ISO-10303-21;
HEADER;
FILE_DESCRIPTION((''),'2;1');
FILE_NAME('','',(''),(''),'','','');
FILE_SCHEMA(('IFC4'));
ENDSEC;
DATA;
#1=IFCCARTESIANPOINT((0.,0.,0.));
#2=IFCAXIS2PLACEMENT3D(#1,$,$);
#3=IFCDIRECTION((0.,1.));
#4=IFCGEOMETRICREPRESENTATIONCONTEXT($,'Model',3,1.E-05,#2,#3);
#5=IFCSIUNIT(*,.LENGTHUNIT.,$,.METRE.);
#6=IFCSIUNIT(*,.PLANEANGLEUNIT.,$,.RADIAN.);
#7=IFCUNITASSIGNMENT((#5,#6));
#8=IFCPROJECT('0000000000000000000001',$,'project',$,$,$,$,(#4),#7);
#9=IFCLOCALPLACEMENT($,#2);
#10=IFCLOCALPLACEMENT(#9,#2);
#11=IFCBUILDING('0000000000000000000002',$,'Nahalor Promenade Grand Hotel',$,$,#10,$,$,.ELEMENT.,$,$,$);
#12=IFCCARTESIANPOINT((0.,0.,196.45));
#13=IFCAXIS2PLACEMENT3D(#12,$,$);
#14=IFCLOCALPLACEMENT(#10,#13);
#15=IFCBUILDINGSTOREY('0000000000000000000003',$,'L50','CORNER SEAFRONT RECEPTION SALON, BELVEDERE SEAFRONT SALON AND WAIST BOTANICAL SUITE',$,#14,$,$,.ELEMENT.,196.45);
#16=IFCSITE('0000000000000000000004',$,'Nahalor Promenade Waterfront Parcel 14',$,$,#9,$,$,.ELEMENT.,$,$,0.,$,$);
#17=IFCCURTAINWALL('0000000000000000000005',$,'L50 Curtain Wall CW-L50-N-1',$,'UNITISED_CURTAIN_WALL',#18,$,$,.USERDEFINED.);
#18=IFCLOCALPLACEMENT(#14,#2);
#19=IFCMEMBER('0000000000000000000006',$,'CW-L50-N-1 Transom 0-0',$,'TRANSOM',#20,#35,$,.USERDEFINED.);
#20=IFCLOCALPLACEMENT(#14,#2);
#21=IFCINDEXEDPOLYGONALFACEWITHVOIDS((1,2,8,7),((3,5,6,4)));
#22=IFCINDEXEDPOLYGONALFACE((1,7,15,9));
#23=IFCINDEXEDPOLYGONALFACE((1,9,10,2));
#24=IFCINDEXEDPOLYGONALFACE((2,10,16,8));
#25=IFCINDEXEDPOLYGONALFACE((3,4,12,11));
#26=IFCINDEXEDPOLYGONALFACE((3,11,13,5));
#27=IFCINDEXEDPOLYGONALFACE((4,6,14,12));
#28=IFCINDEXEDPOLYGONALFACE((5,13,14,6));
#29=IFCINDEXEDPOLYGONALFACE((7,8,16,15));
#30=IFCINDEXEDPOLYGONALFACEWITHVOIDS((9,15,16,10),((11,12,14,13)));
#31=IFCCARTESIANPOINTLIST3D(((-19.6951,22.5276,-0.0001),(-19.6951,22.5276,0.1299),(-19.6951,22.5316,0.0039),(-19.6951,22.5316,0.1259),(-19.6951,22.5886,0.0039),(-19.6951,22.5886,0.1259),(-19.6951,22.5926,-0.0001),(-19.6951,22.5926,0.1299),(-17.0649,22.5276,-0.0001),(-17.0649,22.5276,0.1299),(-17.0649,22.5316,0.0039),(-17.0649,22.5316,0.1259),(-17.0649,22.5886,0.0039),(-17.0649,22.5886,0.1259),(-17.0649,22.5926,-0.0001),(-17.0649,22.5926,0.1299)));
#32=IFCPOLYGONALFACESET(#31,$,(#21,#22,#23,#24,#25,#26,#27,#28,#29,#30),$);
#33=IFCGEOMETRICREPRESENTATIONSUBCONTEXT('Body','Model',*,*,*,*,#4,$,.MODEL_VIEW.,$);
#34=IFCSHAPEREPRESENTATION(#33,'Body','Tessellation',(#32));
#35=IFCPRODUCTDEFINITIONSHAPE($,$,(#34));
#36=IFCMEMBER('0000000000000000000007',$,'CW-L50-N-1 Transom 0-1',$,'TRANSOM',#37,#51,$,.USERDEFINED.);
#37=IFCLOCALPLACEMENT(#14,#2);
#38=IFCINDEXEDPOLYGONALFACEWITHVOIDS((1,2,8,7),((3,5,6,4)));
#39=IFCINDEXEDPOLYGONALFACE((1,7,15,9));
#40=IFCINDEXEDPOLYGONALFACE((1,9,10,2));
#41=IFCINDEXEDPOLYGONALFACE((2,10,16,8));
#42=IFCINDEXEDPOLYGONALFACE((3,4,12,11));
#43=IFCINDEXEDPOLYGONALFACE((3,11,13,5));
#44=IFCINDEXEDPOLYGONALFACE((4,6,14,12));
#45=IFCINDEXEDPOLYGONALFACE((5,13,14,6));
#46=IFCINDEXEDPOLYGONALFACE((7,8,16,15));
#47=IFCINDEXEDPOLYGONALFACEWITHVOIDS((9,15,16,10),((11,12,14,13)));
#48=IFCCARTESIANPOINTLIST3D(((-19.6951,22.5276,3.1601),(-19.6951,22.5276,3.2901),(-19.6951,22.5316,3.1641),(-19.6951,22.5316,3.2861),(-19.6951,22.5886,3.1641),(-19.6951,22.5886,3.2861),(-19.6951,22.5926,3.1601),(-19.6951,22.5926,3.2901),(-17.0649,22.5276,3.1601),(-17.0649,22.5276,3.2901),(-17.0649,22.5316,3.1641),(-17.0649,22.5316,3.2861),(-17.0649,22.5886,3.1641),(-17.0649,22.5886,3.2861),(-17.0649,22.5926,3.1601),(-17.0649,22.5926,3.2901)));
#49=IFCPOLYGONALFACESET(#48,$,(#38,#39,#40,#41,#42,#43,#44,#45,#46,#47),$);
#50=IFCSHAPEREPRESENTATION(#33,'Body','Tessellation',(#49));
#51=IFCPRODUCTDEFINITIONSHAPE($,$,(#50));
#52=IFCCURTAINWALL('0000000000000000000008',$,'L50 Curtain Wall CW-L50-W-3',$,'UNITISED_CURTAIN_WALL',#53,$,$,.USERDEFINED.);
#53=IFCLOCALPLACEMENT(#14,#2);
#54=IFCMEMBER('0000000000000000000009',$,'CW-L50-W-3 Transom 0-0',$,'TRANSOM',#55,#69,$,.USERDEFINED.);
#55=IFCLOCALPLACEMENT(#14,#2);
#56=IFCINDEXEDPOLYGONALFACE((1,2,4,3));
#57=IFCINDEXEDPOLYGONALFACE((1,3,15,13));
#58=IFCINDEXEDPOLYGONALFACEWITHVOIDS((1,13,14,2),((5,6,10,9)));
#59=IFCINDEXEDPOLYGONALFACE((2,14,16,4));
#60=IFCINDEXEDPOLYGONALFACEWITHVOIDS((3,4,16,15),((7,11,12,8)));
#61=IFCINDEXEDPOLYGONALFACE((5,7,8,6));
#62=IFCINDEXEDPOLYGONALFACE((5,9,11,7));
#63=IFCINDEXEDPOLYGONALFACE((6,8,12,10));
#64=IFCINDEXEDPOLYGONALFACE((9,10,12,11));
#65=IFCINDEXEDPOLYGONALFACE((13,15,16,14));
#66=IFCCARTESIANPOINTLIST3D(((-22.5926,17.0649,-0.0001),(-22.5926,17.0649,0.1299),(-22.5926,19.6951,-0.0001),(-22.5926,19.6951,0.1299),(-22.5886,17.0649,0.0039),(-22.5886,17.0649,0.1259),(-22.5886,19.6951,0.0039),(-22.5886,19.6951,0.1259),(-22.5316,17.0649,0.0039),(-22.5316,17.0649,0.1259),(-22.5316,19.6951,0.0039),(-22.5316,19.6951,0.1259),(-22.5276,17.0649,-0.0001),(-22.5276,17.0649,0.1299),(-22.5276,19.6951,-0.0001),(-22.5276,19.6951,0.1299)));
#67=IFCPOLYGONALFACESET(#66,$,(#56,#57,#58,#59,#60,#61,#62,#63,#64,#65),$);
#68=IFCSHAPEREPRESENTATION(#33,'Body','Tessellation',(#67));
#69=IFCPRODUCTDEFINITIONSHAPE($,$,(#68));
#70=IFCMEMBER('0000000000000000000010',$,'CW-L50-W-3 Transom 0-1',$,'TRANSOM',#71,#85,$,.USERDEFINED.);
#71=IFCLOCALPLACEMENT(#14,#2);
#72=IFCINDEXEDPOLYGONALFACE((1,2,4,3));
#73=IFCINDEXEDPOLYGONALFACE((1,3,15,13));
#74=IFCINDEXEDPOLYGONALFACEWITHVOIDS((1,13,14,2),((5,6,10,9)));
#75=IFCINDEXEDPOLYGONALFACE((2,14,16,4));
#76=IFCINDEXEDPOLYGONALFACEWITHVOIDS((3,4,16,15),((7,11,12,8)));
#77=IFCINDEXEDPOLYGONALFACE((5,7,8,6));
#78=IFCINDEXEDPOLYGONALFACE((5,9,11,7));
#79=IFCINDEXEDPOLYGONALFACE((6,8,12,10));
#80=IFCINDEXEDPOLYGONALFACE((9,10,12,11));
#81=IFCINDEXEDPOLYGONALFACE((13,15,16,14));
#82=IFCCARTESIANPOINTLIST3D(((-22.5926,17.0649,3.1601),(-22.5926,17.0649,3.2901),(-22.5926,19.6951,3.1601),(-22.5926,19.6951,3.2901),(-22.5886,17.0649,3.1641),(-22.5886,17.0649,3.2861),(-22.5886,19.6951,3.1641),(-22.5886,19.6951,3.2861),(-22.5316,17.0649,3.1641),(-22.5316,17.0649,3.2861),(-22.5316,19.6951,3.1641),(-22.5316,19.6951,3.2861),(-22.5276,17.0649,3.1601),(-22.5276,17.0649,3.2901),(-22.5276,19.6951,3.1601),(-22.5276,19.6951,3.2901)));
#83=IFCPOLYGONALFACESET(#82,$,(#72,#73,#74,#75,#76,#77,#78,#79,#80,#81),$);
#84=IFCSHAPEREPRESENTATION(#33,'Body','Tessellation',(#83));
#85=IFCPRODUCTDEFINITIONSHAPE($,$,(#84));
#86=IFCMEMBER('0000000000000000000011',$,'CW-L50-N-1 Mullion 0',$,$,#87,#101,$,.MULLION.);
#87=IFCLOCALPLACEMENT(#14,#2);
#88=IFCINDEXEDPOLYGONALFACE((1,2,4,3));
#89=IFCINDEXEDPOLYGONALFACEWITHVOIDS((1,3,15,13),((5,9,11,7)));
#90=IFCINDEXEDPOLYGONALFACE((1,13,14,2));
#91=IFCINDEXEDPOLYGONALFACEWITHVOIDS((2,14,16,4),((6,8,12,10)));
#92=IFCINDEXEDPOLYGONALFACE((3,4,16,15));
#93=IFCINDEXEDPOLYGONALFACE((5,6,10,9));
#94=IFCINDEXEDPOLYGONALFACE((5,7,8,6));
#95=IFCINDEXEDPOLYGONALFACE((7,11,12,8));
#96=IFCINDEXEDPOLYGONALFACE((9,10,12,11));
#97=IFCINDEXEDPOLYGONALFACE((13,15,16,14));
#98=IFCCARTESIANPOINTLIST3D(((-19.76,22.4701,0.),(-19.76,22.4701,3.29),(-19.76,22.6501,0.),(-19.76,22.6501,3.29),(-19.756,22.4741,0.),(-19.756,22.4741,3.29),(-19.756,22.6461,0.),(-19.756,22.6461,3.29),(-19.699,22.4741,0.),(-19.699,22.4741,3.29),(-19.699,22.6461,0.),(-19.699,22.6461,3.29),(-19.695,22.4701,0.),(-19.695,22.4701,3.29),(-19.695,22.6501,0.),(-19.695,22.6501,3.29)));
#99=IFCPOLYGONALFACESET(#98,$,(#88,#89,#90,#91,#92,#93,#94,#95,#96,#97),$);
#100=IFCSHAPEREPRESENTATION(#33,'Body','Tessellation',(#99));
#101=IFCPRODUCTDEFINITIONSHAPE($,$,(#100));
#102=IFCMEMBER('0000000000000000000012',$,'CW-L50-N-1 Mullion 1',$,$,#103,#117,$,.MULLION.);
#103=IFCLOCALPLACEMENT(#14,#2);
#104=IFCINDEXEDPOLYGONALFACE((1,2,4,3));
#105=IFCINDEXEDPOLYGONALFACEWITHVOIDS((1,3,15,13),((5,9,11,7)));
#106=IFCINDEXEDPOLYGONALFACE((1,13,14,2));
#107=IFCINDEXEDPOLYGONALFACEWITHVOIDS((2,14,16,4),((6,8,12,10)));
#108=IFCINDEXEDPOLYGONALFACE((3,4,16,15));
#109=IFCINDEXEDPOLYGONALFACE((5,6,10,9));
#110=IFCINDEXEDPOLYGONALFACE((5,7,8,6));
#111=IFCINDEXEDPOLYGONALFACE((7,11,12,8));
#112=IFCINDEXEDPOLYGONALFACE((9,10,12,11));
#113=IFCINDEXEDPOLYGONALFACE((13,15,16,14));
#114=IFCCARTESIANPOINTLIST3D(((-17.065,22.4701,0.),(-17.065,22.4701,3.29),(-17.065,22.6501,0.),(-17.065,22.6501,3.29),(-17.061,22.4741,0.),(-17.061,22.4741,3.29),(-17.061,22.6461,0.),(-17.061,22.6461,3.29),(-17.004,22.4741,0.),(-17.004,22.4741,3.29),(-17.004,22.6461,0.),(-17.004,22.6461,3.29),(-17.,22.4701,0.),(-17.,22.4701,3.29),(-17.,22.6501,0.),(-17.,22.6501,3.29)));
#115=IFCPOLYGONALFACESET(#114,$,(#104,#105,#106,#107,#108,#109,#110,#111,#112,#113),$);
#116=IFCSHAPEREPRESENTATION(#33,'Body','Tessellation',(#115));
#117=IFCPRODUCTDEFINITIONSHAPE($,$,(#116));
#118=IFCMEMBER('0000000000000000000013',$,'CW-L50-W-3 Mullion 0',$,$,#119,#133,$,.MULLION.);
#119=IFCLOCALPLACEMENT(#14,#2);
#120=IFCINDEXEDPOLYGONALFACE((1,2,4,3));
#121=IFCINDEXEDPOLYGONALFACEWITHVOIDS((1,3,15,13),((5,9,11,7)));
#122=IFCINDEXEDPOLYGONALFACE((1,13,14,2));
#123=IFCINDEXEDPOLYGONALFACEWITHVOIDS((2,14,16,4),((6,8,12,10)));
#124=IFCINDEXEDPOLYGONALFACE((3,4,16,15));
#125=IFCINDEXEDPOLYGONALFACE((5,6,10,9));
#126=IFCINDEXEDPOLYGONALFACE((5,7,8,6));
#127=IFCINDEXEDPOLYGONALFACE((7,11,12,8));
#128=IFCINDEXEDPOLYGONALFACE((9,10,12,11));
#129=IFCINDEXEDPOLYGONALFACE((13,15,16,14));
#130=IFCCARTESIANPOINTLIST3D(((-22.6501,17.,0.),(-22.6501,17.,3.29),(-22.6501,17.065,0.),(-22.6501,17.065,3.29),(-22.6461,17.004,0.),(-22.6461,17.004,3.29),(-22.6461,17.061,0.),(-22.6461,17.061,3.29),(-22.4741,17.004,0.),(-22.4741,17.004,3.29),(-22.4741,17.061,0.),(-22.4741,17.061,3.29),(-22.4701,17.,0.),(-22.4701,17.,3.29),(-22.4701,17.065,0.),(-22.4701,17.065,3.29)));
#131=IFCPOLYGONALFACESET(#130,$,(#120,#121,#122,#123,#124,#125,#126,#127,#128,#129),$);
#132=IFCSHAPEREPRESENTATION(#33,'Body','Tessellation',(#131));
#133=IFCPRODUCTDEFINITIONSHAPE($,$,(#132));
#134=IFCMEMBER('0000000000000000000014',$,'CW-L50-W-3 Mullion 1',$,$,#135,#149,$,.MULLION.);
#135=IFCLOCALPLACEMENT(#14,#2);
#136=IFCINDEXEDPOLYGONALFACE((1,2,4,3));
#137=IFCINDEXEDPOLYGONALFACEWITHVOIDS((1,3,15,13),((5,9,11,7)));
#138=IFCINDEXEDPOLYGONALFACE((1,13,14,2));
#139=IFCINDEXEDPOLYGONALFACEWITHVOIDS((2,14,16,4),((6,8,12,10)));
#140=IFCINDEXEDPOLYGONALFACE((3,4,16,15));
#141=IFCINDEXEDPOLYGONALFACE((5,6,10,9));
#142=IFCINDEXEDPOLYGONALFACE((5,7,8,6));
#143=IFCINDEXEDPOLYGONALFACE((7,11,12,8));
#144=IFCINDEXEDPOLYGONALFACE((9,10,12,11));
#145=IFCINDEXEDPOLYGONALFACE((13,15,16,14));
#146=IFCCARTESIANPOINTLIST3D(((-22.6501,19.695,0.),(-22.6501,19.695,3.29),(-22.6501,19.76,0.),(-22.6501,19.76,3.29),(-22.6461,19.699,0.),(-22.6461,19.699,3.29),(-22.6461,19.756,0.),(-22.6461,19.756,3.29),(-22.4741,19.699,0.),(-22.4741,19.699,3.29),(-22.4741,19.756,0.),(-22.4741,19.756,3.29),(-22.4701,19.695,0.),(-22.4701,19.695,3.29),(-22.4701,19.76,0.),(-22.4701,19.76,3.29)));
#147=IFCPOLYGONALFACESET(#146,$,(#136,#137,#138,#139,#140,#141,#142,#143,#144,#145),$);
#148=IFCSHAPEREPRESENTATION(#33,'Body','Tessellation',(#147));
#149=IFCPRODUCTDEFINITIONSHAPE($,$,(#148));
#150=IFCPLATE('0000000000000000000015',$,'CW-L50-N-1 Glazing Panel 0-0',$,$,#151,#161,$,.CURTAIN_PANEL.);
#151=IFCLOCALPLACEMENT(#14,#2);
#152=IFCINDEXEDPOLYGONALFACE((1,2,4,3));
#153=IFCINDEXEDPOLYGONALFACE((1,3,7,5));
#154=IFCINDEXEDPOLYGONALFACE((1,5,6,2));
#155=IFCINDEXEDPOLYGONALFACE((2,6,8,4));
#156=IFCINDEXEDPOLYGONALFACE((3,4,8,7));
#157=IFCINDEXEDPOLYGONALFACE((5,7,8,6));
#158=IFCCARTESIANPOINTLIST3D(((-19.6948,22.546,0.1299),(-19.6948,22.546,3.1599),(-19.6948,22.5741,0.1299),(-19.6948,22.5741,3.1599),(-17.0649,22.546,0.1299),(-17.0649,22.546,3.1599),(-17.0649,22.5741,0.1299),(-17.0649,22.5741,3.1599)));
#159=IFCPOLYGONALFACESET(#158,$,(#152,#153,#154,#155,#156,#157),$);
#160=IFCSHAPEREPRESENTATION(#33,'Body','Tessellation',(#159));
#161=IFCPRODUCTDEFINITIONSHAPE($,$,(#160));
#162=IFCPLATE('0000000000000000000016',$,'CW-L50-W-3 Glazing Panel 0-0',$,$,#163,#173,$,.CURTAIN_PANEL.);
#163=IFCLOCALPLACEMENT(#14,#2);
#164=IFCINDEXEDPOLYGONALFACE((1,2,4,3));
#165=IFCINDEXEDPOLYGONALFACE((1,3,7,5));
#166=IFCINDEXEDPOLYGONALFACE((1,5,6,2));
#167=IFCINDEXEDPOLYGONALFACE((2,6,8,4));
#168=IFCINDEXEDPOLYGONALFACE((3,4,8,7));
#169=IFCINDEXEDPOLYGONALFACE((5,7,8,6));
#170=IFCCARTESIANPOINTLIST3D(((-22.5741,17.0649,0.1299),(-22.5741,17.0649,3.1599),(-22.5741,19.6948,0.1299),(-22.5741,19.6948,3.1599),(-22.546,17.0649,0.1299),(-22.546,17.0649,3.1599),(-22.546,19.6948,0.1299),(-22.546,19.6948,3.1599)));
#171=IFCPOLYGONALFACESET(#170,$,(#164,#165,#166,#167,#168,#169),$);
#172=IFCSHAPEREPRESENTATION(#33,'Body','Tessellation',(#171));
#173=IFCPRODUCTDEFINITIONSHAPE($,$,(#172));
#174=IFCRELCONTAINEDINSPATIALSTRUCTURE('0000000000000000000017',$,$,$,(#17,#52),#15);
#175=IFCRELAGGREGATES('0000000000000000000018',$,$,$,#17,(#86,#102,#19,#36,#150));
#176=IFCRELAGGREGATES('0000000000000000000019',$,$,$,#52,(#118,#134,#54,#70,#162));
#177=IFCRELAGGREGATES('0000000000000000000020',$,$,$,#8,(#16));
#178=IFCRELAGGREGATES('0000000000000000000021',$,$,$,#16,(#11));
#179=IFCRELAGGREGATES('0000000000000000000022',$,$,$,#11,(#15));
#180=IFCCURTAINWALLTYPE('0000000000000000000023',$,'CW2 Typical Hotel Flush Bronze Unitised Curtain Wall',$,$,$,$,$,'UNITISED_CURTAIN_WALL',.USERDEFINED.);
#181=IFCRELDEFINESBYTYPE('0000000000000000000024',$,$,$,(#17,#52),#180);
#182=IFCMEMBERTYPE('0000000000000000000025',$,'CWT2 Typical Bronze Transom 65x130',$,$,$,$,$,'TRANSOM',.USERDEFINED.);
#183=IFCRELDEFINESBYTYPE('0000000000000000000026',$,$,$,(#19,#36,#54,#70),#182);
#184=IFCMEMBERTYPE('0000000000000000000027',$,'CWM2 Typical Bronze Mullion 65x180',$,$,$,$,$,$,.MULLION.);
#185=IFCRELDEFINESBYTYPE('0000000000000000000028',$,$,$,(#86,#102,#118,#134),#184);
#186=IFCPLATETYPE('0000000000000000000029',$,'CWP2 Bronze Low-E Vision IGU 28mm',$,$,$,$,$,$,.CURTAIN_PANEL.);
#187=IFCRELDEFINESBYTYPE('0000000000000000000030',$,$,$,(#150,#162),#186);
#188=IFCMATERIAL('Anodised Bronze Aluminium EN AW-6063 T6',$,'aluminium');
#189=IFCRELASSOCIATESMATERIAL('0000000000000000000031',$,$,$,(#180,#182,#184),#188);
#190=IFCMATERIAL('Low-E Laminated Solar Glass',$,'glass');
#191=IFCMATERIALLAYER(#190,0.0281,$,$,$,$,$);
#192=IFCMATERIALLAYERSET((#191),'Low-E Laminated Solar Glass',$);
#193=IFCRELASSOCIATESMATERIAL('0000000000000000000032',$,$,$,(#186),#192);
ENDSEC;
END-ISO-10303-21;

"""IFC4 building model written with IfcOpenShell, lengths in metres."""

from ifc_helpers import new_model, si_unit, direction, frame, origin, origin_2d, place, context, subcontext, project, spatial, rectangle, hollow_rectangle, extrude, source, transform, mapped, material, layer, layer_set, material_profile, profile_set, type_object, element, aggregate, save


model = new_model("IFC4")

# Units and contexts
model_context = context("Model", 3, precision=1e-05, world=origin(), true_north=direction((0.0, 1.0)))
body_context = subcontext(model_context, "Body", "Model", "MODEL_VIEW")
ifc_project = project(units=[si_unit("LENGTHUNIT", "METRE"), si_unit("PLANEANGLEUNIT", "RADIAN")], contexts=[model_context])

# Site, building, storey
site_placement = place(None, origin())
site = spatial("IfcSite", under=ifc_project, at=site_placement, Name="Nahalor Promenade Waterfront Parcel 14", CompositionType="ELEMENT", RefElevation=0.0)
building_placement = place(site_placement, origin())
building = spatial("IfcBuilding", under=site, at=building_placement, Name="Nahalor Promenade Grand Hotel", CompositionType="ELEMENT")
storey_placement = place(building_placement, frame((0.0, 0.0, 196.45)))
storey = spatial("IfcBuildingStorey", under=building, at=storey_placement, Name="L50", Description="CORNER SEAFRONT RECEPTION SALON, BELVEDERE SEAFRONT SALON AND WAIST BOTANICAL SUITE", CompositionType="ELEMENT", Elevation=196.45)

# Curtain walls, members
ifc_material_1 = material(Name="Anodised Bronze Aluminium EN AW-6063 T6", Category="aluminium")
curtain_wall_type = type_object("IfcCurtainWallType", Name="CW2 Typical Hotel Flush Bronze Unitised Curtain Wall", ElementType="UNITISED_CURTAIN_WALL", PredefinedType="USERDEFINED", material=ifc_material_1)
curtain_wall_1_placement = place(storey_placement, origin())
curtain_wall_1 = element("IfcCurtainWall", 1, at=curtain_wall_1_placement, inside=storey, type_object=curtain_wall_type, Name="L50 Curtain Wall CW-L50-N-1", ObjectType="UNITISED_CURTAIN_WALL", PredefinedType="USERDEFINED")
ifc_material_profile_1 = material_profile(ifc_material_1, hollow_rectangle(XDim=0.065, YDim=0.13, WallThickness=0.004, at=origin_2d()), Name="CWT 65x130x4")
ifc_profile_set_1 = profile_set([ifc_material_profile_1], Name="Anodised Bronze Aluminium EN AW-6063 T6")
member_type_1 = type_object("IfcMemberType", Name="CWT2 Typical Bronze Transom 65x130", ElementType="TRANSOM", PredefinedType="USERDEFINED", material=ifc_profile_set_1)
shared_shape_1 = source(origin(), body_context, "Body", "SweptSolid", [
    extrude(hollow_rectangle(XDim=0.065, YDim=0.13, WallThickness=0.004, at=origin_2d()), origin(), (0.0, 0.0, 1.0), 2.6301),
])
member_1_placement = place(storey_placement, frame((-19.6951, 22.5601, 0.0649), z_axis=(1.0, 0.0, 0.0), x_axis=(0.0, 1.0, 0.0)))
member_1 = element("IfcMember", 2, at=member_1_placement, type_object=member_type_1, Name="CW-L50-N-1 Transom 0-0", ObjectType="TRANSOM", PredefinedType="USERDEFINED", context=body_context, shape_type="MappedRepresentation", body=[
    mapped(shared_shape_1, transform((0.0, 0.0, 0.0), scale=1.0)),
])
member_2_placement = place(storey_placement, frame((-19.6951, 22.5601, 3.2251), z_axis=(1.0, 0.0, 0.0), x_axis=(0.0, 1.0, 0.0)))
member_2 = element("IfcMember", 3, at=member_2_placement, type_object=member_type_1, Name="CW-L50-N-1 Transom 0-1", ObjectType="TRANSOM", PredefinedType="USERDEFINED", context=body_context, shape_type="MappedRepresentation", body=[
    mapped(shared_shape_1, transform((0.0, 0.0, 0.0), scale=1.0)),
])
curtain_wall_2_placement = place(storey_placement, origin())
curtain_wall_2 = element("IfcCurtainWall", 4, at=curtain_wall_2_placement, inside=storey, type_object=curtain_wall_type, Name="L50 Curtain Wall CW-L50-W-3", ObjectType="UNITISED_CURTAIN_WALL", PredefinedType="USERDEFINED")
member_3_placement = place(storey_placement, frame((-22.5601, 17.0649, 0.0649), z_axis=(0.0, 1.0, 0.0), x_axis=(-1.0, 0.0, 0.0)))
member_3 = element("IfcMember", 5, at=member_3_placement, type_object=member_type_1, Name="CW-L50-W-3 Transom 0-0", ObjectType="TRANSOM", PredefinedType="USERDEFINED", context=body_context, shape_type="MappedRepresentation", body=[
    mapped(shared_shape_1, transform((0.0, 0.0, 0.0), scale=1.0)),
])
member_4_placement = place(storey_placement, frame((-22.5601, 17.0649, 3.2251), z_axis=(0.0, 1.0, 0.0), x_axis=(-1.0, 0.0, 0.0)))
member_4 = element("IfcMember", 6, at=member_4_placement, type_object=member_type_1, Name="CW-L50-W-3 Transom 0-1", ObjectType="TRANSOM", PredefinedType="USERDEFINED", context=body_context, shape_type="MappedRepresentation", body=[
    mapped(shared_shape_1, transform((0.0, 0.0, 0.0), scale=1.0)),
])

# Members
ifc_material_profile_2 = material_profile(ifc_material_1, hollow_rectangle(XDim=0.065, YDim=0.18, WallThickness=0.004, at=origin_2d()), Name="CWM 65x180x4")
ifc_profile_set_2 = profile_set([ifc_material_profile_2], Name="Anodised Bronze Aluminium EN AW-6063 T6")
member_type_2 = type_object("IfcMemberType", Name="CWM2 Typical Bronze Mullion 65x180", PredefinedType="MULLION", material=ifc_profile_set_2)
shared_shape_2 = source(origin(), body_context, "Body", "SweptSolid", [
    extrude(hollow_rectangle(XDim=0.065, YDim=0.18, WallThickness=0.004, at=origin_2d()), origin(), (0.0, 0.0, 1.0), 3.29),
])
member_5_placement = place(storey_placement, frame((-19.7275, 22.5601, 0.0), z_axis=(0.0, 0.0, 1.0), x_axis=(1.0, 0.0, 0.0)))
member_5 = element("IfcMember", 7, at=member_5_placement, type_object=member_type_2, Name="CW-L50-N-1 Mullion 0", PredefinedType="MULLION", context=body_context, shape_type="MappedRepresentation", body=[
    mapped(shared_shape_2, transform((0.0, 0.0, 0.0), scale=1.0)),
])
member_6_placement = place(storey_placement, frame((-17.0325, 22.5601, 0.0), z_axis=(0.0, 0.0, 1.0), x_axis=(1.0, 0.0, 0.0)))
member_6 = element("IfcMember", 8, at=member_6_placement, type_object=member_type_2, Name="CW-L50-N-1 Mullion 1", PredefinedType="MULLION", context=body_context, shape_type="MappedRepresentation", body=[
    mapped(shared_shape_2, transform((0.0, 0.0, 0.0), scale=1.0)),
])
member_7_placement = place(storey_placement, frame((-22.5601, 17.0325, 0.0), z_axis=(0.0, 0.0, 1.0), x_axis=(0.0, 1.0, 0.0)))
member_7 = element("IfcMember", 9, at=member_7_placement, type_object=member_type_2, Name="CW-L50-W-3 Mullion 0", PredefinedType="MULLION", context=body_context, shape_type="MappedRepresentation", body=[
    mapped(shared_shape_2, transform((0.0, 0.0, 0.0), scale=1.0)),
])
member_8_placement = place(storey_placement, frame((-22.5601, 19.7275, 0.0), z_axis=(0.0, 0.0, 1.0), x_axis=(0.0, 1.0, 0.0)))
member_8 = element("IfcMember", 10, at=member_8_placement, type_object=member_type_2, Name="CW-L50-W-3 Mullion 1", PredefinedType="MULLION", context=body_context, shape_type="MappedRepresentation", body=[
    mapped(shared_shape_2, transform((0.0, 0.0, 0.0), scale=1.0)),
])

# Plates
ifc_material_2 = material(Name="Low-E Laminated Solar Glass", Category="glass")
ifc_layer_1 = layer(ifc_material_2, 0.0281)
ifc_layer_set_1 = layer_set([ifc_layer_1], Name="Low-E Laminated Solar Glass")
plate_type = type_object("IfcPlateType", Name="CWP2 Bronze Low-E Vision IGU 28mm", PredefinedType="CURTAIN_PANEL", material=ifc_layer_set_1)
shared_shape_3 = source(origin(), body_context, "Body", "SweptSolid", [
    extrude(rectangle(XDim=2.6299, YDim=0.0281, at=origin_2d()), origin(), (0.0, 0.0, 1.0), 3.03),
])
plate_1_placement = place(storey_placement, frame((-18.3799, 22.5601, 0.1299), z_axis=(0.0, 0.0, 1.0), x_axis=(1.0, 0.0, 0.0)))
plate_1 = element("IfcPlate", 11, at=plate_1_placement, type_object=plate_type, Name="CW-L50-N-1 Glazing Panel 0-0", PredefinedType="CURTAIN_PANEL", context=body_context, shape_type="MappedRepresentation", body=[
    mapped(shared_shape_3, transform((0.0, 0.0, 0.0), scale=1.0)),
])
aggregate(curtain_wall_1, [member_5, member_6, member_1, member_2, plate_1])
plate_2_placement = place(storey_placement, frame((-22.5601, 18.3799, 0.1299), z_axis=(0.0, 0.0, 1.0), x_axis=(0.0, 1.0, 0.0)))
plate_2 = element("IfcPlate", 12, at=plate_2_placement, type_object=plate_type, Name="CW-L50-W-3 Glazing Panel 0-0", PredefinedType="CURTAIN_PANEL", context=body_context, shape_type="MappedRepresentation", body=[
    mapped(shared_shape_3, transform((0.0, 0.0, 0.0), scale=1.0)),
])
aggregate(curtain_wall_2, [member_7, member_8, member_3, member_4, plate_2])

save(model, "model.ifc")
